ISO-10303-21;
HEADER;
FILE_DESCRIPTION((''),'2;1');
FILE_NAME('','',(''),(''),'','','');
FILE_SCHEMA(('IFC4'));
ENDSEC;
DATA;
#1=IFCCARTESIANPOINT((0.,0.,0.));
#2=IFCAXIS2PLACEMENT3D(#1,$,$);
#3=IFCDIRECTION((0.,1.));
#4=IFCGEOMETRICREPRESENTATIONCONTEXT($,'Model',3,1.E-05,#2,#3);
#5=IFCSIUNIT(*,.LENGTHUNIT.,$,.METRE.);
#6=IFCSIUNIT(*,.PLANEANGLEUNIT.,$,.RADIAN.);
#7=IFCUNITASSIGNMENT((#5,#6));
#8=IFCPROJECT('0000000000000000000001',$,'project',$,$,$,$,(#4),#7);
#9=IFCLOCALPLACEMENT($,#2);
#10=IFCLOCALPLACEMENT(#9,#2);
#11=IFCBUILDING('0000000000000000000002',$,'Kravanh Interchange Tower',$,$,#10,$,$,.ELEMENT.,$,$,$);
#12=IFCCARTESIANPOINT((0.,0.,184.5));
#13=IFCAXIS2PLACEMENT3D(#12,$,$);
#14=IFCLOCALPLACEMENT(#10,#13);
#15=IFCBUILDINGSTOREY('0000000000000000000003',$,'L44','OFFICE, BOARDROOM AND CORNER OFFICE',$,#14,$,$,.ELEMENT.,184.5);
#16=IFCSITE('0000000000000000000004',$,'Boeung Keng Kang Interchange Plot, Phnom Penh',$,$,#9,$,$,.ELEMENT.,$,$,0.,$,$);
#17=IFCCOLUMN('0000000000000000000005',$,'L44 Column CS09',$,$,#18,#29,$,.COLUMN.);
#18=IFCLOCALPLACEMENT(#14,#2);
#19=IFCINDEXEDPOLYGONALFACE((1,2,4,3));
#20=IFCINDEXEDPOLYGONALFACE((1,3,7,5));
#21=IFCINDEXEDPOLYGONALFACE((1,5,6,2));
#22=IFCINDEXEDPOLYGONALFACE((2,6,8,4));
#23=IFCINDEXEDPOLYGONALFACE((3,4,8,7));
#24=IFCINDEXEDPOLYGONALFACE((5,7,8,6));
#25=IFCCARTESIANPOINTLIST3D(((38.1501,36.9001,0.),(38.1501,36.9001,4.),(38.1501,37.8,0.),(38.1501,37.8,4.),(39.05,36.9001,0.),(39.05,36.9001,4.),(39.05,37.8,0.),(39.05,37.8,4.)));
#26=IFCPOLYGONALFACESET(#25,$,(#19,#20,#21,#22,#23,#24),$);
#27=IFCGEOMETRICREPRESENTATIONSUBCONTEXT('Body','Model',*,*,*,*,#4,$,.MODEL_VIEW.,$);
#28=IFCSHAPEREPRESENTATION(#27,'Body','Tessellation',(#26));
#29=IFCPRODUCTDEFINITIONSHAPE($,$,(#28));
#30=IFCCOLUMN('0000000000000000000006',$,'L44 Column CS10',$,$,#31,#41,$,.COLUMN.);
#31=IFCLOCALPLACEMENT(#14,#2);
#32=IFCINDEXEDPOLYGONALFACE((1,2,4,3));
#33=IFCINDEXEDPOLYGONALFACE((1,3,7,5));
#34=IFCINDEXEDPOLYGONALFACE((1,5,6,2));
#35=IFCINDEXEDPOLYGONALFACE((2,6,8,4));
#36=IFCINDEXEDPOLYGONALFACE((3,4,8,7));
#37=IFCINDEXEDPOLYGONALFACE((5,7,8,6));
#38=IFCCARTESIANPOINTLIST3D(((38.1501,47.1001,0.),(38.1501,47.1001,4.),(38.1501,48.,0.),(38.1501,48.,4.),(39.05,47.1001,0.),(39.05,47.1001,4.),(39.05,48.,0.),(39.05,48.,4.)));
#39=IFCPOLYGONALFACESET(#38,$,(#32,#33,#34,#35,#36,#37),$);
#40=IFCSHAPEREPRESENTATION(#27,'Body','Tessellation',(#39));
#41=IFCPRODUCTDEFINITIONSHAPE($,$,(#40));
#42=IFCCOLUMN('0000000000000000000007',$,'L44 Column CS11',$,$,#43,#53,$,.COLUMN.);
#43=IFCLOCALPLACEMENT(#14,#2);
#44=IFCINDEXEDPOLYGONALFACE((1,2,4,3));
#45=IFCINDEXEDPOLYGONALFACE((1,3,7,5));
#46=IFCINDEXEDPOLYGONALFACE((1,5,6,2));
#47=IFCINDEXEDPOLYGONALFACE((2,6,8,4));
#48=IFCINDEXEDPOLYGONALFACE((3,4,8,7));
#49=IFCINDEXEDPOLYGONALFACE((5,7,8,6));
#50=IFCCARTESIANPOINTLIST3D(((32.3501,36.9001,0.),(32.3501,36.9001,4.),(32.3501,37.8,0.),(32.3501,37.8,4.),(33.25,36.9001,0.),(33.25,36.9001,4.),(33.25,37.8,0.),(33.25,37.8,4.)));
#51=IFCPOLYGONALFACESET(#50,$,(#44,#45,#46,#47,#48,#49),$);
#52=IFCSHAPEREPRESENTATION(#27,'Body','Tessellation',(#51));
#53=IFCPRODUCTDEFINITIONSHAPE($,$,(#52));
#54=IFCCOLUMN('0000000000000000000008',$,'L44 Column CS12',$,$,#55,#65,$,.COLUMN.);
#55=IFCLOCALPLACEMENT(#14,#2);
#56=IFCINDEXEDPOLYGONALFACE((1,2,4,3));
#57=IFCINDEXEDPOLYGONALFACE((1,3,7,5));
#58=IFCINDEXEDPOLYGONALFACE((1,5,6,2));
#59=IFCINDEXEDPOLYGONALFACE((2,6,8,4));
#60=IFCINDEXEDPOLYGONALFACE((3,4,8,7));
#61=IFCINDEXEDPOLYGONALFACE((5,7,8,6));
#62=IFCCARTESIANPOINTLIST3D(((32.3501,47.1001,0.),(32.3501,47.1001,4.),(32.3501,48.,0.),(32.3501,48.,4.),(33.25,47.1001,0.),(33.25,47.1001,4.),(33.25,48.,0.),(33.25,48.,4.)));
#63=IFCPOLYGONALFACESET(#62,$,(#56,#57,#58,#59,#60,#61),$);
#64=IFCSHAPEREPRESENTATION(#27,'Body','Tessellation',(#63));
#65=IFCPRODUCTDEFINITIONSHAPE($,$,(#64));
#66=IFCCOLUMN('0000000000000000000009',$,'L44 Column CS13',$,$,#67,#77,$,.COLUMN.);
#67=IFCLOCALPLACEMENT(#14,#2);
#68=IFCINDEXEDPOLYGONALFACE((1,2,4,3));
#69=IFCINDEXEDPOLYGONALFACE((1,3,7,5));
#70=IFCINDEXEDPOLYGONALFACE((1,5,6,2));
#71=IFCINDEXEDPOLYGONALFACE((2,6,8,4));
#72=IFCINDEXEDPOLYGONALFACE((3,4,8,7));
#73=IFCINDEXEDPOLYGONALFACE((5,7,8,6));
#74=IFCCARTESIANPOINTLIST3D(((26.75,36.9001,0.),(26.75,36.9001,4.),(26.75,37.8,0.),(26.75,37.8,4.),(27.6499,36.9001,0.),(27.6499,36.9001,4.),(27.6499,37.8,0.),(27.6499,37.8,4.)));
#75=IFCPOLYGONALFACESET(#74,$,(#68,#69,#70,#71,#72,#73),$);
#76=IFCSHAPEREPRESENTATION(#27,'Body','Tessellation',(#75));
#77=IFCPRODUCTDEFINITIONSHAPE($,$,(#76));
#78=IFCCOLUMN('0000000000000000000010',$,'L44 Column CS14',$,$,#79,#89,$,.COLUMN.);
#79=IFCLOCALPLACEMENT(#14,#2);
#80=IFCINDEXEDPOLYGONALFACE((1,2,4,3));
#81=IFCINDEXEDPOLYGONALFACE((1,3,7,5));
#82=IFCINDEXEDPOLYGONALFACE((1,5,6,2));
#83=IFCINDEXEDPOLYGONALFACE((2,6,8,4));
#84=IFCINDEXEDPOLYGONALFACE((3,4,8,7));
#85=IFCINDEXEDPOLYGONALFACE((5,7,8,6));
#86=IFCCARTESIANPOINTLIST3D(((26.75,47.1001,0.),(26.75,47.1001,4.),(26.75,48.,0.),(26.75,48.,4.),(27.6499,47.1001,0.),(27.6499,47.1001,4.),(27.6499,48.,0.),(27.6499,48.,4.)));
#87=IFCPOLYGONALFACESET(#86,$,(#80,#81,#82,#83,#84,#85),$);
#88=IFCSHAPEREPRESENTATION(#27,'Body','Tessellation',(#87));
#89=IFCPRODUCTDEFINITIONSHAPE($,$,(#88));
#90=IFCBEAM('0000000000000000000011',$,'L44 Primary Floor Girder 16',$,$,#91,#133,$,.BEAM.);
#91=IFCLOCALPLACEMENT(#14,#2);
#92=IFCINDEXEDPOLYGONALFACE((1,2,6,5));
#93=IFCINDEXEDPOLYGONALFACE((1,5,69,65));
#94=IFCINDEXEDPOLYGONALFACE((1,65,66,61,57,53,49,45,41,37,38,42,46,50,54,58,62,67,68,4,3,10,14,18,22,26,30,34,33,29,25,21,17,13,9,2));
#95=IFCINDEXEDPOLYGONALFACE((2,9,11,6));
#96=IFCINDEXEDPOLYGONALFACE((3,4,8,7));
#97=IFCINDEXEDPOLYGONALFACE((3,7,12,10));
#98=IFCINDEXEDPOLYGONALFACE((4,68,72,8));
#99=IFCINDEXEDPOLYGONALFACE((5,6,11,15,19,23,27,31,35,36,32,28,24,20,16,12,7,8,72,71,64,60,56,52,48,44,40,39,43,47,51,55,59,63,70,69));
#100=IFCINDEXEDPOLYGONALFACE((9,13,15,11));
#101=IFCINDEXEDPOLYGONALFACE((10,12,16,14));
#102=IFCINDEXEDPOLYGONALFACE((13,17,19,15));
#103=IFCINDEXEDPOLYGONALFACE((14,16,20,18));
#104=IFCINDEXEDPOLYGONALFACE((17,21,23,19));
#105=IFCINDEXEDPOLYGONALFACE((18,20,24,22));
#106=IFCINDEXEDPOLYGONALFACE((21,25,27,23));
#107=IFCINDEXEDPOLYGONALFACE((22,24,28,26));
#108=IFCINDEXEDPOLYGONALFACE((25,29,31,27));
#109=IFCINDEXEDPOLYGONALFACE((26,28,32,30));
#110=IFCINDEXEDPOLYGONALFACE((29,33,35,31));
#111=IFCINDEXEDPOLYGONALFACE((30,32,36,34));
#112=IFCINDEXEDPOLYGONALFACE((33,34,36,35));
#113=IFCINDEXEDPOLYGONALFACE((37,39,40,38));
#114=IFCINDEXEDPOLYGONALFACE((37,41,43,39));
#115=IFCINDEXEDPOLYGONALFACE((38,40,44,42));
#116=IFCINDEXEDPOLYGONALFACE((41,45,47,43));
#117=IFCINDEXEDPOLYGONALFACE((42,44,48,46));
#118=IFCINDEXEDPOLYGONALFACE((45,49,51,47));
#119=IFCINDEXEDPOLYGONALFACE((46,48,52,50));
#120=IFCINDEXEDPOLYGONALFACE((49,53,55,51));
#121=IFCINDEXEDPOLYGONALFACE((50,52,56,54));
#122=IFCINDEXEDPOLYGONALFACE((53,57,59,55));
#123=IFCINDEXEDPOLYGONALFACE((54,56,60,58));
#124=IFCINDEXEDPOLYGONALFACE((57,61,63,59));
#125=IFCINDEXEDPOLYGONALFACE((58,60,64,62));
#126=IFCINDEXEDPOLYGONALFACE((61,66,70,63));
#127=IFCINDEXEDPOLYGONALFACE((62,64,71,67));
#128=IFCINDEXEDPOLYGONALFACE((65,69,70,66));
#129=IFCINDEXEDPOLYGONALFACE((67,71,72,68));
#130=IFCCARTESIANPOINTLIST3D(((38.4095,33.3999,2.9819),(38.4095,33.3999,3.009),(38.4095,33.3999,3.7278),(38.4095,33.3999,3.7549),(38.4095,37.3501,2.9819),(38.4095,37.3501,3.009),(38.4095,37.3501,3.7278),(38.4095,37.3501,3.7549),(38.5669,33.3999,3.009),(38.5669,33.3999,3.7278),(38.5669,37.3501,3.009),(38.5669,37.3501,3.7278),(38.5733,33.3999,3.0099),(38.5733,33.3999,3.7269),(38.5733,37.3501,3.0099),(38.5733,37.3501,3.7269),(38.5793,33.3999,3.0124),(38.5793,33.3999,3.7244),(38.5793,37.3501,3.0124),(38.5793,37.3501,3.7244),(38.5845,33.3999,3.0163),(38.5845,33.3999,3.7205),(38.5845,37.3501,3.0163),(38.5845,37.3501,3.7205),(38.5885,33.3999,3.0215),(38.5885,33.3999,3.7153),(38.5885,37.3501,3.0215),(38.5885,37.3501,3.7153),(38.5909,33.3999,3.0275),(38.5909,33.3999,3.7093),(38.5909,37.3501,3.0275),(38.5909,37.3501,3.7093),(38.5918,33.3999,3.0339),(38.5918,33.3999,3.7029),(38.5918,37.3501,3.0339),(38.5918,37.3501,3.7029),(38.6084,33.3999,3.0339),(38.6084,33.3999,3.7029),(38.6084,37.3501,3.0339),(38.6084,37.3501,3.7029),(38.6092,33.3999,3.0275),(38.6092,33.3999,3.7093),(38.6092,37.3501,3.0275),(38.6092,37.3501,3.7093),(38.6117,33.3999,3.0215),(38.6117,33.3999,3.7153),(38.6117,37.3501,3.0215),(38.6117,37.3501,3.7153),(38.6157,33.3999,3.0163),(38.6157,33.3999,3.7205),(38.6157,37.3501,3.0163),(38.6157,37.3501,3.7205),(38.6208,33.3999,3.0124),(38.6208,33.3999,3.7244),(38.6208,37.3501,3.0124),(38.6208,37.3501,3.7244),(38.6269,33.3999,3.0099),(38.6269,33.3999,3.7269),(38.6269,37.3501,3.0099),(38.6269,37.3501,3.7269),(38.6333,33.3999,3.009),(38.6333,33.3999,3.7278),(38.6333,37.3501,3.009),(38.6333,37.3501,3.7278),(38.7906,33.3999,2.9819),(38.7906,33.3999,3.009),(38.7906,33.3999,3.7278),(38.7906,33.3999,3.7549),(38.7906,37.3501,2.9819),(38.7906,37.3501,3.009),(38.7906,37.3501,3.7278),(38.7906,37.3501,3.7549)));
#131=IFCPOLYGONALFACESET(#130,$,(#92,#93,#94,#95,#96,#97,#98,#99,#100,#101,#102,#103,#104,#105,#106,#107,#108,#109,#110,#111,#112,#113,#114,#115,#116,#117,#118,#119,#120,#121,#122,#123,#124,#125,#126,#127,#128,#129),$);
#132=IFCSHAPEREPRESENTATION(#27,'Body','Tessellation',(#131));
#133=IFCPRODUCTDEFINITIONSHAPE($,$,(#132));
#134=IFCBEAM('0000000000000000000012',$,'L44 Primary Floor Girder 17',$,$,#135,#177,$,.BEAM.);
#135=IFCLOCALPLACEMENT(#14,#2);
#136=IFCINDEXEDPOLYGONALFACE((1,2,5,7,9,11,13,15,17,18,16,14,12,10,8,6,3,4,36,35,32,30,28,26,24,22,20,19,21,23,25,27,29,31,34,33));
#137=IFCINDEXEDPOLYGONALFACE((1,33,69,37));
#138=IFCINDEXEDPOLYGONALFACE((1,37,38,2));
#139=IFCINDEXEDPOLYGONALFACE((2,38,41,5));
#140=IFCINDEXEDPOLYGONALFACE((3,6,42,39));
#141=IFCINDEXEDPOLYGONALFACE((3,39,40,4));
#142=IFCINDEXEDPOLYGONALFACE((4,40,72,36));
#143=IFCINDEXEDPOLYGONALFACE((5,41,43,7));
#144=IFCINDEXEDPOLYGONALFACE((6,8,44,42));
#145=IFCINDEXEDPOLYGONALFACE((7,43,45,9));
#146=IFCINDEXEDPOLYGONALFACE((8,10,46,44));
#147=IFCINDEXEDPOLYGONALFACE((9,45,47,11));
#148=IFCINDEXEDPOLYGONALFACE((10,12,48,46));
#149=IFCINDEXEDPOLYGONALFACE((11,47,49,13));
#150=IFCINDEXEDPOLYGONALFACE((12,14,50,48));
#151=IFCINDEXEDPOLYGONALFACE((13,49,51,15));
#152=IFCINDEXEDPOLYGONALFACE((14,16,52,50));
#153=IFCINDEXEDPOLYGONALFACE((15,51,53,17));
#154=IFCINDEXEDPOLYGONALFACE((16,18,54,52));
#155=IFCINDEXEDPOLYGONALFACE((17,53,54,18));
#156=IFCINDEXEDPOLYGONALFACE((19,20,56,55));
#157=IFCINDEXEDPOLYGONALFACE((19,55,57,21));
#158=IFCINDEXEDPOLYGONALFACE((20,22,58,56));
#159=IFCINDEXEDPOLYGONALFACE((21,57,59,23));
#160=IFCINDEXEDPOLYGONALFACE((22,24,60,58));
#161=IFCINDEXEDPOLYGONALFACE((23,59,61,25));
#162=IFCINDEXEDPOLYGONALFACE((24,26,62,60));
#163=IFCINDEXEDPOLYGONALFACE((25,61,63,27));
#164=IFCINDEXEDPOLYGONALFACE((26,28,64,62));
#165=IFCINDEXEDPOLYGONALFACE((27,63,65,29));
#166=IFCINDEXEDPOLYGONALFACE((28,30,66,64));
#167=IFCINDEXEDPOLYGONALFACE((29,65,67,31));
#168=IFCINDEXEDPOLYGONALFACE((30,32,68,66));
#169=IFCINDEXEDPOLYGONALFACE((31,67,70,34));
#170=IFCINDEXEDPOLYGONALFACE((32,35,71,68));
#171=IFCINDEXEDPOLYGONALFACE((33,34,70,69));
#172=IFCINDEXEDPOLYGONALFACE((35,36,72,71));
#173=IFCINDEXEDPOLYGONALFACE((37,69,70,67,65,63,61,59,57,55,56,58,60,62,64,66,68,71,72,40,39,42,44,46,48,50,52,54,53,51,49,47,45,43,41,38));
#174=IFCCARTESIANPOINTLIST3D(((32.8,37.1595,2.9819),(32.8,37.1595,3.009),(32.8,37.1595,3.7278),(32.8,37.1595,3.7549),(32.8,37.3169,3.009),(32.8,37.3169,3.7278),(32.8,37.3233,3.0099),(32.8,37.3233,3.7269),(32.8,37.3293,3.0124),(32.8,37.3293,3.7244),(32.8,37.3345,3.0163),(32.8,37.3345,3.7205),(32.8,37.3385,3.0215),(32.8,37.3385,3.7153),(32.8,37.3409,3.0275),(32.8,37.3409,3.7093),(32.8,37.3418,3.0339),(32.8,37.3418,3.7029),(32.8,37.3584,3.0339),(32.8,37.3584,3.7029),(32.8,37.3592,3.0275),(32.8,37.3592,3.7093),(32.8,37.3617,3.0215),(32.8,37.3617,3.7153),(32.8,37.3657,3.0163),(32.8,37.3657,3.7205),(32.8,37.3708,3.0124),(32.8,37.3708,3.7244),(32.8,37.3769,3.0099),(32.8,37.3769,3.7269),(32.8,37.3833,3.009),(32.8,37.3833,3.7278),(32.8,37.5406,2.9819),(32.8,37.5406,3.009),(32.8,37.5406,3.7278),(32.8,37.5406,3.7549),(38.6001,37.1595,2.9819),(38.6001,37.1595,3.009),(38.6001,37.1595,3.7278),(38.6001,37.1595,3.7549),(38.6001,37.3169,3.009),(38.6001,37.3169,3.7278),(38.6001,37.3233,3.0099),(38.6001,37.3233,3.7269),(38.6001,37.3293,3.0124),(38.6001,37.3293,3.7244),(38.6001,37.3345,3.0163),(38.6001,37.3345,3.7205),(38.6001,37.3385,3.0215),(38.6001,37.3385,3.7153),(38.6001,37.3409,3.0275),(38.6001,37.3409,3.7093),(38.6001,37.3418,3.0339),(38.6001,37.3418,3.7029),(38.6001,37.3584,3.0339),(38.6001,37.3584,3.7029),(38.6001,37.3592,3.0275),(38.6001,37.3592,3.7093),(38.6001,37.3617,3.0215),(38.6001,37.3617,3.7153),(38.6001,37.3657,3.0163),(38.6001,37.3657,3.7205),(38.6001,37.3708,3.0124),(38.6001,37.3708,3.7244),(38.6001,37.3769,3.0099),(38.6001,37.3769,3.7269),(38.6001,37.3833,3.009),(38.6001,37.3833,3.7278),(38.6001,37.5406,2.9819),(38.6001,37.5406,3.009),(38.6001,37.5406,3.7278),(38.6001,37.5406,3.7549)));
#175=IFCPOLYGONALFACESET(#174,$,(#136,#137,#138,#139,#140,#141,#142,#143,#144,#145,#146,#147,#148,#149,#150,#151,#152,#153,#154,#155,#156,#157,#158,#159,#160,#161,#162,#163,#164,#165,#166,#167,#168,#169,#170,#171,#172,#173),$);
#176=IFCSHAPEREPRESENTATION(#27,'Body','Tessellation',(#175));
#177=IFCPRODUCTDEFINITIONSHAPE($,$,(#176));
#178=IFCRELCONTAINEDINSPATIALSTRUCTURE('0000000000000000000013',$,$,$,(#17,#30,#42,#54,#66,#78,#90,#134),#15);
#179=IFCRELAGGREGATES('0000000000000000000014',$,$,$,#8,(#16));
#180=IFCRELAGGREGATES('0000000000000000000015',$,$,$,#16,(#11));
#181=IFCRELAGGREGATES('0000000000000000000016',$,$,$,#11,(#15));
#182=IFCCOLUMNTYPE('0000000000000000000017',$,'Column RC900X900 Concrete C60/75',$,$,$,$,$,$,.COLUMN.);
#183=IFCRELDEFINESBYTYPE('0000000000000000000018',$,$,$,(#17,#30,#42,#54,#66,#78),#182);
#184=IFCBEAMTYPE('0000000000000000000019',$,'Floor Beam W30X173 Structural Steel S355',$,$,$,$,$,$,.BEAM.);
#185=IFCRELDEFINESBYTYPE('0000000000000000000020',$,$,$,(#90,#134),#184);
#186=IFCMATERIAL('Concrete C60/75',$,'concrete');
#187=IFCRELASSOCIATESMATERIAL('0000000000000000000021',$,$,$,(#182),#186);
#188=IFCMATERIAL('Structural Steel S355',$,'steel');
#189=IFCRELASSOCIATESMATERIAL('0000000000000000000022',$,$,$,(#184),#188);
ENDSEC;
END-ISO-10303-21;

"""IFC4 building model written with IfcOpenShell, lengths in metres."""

from ifc_helpers import new_model, si_unit, direction, frame, origin, origin_2d, place, context, subcontext, project, spatial, rectangle, i_section, extrude, material, material_profile, profile_set, type_object, element, save


model = new_model("IFC4")

# Units and contexts
model_context = context("Model", 3, precision=1e-05, world=origin(), true_north=direction((0.0, 1.0)))
body_context = subcontext(model_context, "Body", "Model", "MODEL_VIEW")
ifc_project = project(units=[si_unit("LENGTHUNIT", "METRE"), si_unit("PLANEANGLEUNIT", "RADIAN")], contexts=[model_context])

# Site, building, storey
site_placement = place(None, origin())
site = spatial("IfcSite", under=ifc_project, at=site_placement, Name="Boeung Keng Kang Interchange Plot, Phnom Penh", CompositionType="ELEMENT", RefElevation=0.0)
building_placement = place(site_placement, origin())
building = spatial("IfcBuilding", under=site, at=building_placement, Name="Kravanh Interchange Tower", CompositionType="ELEMENT")
storey_placement = place(building_placement, frame((0.0, 0.0, 184.5)))
storey = spatial("IfcBuildingStorey", under=building, at=storey_placement, Name="L44", Description="OFFICE, BOARDROOM AND CORNER OFFICE", CompositionType="ELEMENT", Elevation=184.5)

# Columns
ifc_material_1 = material(Name="Concrete C60/75", Category="concrete")
ifc_material_profile_1 = material_profile(ifc_material_1, rectangle(XDim=0.8999, YDim=0.8999, at=origin_2d()), Name="RC900X900")
ifc_profile_set_1 = profile_set([ifc_material_profile_1], Name="Concrete C60/75")
column_type = type_object("IfcColumnType", Name="Column RC900X900 Concrete C60/75", PredefinedType="COLUMN", material=ifc_profile_set_1)
for number, where, z_axis, x_axis, name in (
    (1, (38.6001, 37.3501, 0.0), (0.0, 0.0, 1.0), (1.0, 0.0, 0.0), "L44 Column CS09"),
    (2, (38.6001, 47.55, 0.0), (0.0, 0.0, 1.0), (1.0, 0.0, 0.0), "L44 Column CS10"),
    (3, (32.8, 37.3501, 0.0), (0.0, 0.0, 1.0), (1.0, 0.0, 0.0), "L44 Column CS11"),
    (4, (32.8, 47.55, 0.0), (0.0, 0.0, 1.0), (1.0, 0.0, 0.0), "L44 Column CS12"),
    (5, (27.2, 37.3501, 0.0), (0.0, 0.0, 1.0), (1.0, 0.0, 0.0), "L44 Column CS13"),
    (6, (27.2, 47.55, 0.0), (0.0, 0.0, 1.0), (1.0, 0.0, 0.0), "L44 Column CS14"),
):
    element("IfcColumn", number, at=place(storey_placement, frame(where, z_axis=z_axis, x_axis=x_axis)), inside=storey, type_object=column_type, Name=name, PredefinedType="COLUMN", context=body_context, shape_type="SweptSolid", body=[
        extrude(rectangle(XDim=0.8999, YDim=0.8999, at=origin_2d()), origin(), (0.0, 0.0, 1.0), 4.0),
    ])

# Beams
ifc_material_2 = material(Name="Structural Steel S355", Category="steel")
ifc_material_profile_2 = material_profile(ifc_material_2, i_section(OverallWidth=0.3811, OverallDepth=0.7729, WebThickness=0.0166, FlangeThickness=0.0271, FilletRadius=0.0249, at=origin_2d()), Name="W30X173")
ifc_profile_set_2 = profile_set([ifc_material_profile_2], Name="Structural Steel S355")
beam_type = type_object("IfcBeamType", Name="Floor Beam W30X173 Structural Steel S355", PredefinedType="BEAM", material=ifc_profile_set_2)
beam_1_placement = place(storey_placement, frame((38.6001, 37.3501, 3.3684), z_axis=(0.0, -1.0, 0.0), x_axis=(1.0, 0.0, 0.0)))
element("IfcBeam", 7, at=beam_1_placement, inside=storey, type_object=beam_type, Name="L44 Primary Floor Girder 16", PredefinedType="BEAM", context=body_context, shape_type="SweptSolid", body=[
    extrude(i_section(OverallWidth=0.3811, OverallDepth=0.7729, WebThickness=0.0166, FlangeThickness=0.0271, FilletRadius=0.0249, at=origin_2d()), origin(), (0.0, 0.0, 1.0), 3.9502),
])
beam_2_placement = place(storey_placement, frame((38.6001, 37.3501, 3.3684), z_axis=(-1.0, 0.0, 0.0), x_axis=(0.0, -1.0, 0.0)))
element("IfcBeam", 8, at=beam_2_placement, inside=storey, type_object=beam_type, Name="L44 Primary Floor Girder 17", PredefinedType="BEAM", context=body_context, shape_type="SweptSolid", body=[
    extrude(i_section(OverallWidth=0.3811, OverallDepth=0.7729, WebThickness=0.0166, FlangeThickness=0.0271, FilletRadius=0.0249, at=origin_2d()), origin(), (0.0, 0.0, 1.0), 5.8),
])

save(model, "model.ifc")
